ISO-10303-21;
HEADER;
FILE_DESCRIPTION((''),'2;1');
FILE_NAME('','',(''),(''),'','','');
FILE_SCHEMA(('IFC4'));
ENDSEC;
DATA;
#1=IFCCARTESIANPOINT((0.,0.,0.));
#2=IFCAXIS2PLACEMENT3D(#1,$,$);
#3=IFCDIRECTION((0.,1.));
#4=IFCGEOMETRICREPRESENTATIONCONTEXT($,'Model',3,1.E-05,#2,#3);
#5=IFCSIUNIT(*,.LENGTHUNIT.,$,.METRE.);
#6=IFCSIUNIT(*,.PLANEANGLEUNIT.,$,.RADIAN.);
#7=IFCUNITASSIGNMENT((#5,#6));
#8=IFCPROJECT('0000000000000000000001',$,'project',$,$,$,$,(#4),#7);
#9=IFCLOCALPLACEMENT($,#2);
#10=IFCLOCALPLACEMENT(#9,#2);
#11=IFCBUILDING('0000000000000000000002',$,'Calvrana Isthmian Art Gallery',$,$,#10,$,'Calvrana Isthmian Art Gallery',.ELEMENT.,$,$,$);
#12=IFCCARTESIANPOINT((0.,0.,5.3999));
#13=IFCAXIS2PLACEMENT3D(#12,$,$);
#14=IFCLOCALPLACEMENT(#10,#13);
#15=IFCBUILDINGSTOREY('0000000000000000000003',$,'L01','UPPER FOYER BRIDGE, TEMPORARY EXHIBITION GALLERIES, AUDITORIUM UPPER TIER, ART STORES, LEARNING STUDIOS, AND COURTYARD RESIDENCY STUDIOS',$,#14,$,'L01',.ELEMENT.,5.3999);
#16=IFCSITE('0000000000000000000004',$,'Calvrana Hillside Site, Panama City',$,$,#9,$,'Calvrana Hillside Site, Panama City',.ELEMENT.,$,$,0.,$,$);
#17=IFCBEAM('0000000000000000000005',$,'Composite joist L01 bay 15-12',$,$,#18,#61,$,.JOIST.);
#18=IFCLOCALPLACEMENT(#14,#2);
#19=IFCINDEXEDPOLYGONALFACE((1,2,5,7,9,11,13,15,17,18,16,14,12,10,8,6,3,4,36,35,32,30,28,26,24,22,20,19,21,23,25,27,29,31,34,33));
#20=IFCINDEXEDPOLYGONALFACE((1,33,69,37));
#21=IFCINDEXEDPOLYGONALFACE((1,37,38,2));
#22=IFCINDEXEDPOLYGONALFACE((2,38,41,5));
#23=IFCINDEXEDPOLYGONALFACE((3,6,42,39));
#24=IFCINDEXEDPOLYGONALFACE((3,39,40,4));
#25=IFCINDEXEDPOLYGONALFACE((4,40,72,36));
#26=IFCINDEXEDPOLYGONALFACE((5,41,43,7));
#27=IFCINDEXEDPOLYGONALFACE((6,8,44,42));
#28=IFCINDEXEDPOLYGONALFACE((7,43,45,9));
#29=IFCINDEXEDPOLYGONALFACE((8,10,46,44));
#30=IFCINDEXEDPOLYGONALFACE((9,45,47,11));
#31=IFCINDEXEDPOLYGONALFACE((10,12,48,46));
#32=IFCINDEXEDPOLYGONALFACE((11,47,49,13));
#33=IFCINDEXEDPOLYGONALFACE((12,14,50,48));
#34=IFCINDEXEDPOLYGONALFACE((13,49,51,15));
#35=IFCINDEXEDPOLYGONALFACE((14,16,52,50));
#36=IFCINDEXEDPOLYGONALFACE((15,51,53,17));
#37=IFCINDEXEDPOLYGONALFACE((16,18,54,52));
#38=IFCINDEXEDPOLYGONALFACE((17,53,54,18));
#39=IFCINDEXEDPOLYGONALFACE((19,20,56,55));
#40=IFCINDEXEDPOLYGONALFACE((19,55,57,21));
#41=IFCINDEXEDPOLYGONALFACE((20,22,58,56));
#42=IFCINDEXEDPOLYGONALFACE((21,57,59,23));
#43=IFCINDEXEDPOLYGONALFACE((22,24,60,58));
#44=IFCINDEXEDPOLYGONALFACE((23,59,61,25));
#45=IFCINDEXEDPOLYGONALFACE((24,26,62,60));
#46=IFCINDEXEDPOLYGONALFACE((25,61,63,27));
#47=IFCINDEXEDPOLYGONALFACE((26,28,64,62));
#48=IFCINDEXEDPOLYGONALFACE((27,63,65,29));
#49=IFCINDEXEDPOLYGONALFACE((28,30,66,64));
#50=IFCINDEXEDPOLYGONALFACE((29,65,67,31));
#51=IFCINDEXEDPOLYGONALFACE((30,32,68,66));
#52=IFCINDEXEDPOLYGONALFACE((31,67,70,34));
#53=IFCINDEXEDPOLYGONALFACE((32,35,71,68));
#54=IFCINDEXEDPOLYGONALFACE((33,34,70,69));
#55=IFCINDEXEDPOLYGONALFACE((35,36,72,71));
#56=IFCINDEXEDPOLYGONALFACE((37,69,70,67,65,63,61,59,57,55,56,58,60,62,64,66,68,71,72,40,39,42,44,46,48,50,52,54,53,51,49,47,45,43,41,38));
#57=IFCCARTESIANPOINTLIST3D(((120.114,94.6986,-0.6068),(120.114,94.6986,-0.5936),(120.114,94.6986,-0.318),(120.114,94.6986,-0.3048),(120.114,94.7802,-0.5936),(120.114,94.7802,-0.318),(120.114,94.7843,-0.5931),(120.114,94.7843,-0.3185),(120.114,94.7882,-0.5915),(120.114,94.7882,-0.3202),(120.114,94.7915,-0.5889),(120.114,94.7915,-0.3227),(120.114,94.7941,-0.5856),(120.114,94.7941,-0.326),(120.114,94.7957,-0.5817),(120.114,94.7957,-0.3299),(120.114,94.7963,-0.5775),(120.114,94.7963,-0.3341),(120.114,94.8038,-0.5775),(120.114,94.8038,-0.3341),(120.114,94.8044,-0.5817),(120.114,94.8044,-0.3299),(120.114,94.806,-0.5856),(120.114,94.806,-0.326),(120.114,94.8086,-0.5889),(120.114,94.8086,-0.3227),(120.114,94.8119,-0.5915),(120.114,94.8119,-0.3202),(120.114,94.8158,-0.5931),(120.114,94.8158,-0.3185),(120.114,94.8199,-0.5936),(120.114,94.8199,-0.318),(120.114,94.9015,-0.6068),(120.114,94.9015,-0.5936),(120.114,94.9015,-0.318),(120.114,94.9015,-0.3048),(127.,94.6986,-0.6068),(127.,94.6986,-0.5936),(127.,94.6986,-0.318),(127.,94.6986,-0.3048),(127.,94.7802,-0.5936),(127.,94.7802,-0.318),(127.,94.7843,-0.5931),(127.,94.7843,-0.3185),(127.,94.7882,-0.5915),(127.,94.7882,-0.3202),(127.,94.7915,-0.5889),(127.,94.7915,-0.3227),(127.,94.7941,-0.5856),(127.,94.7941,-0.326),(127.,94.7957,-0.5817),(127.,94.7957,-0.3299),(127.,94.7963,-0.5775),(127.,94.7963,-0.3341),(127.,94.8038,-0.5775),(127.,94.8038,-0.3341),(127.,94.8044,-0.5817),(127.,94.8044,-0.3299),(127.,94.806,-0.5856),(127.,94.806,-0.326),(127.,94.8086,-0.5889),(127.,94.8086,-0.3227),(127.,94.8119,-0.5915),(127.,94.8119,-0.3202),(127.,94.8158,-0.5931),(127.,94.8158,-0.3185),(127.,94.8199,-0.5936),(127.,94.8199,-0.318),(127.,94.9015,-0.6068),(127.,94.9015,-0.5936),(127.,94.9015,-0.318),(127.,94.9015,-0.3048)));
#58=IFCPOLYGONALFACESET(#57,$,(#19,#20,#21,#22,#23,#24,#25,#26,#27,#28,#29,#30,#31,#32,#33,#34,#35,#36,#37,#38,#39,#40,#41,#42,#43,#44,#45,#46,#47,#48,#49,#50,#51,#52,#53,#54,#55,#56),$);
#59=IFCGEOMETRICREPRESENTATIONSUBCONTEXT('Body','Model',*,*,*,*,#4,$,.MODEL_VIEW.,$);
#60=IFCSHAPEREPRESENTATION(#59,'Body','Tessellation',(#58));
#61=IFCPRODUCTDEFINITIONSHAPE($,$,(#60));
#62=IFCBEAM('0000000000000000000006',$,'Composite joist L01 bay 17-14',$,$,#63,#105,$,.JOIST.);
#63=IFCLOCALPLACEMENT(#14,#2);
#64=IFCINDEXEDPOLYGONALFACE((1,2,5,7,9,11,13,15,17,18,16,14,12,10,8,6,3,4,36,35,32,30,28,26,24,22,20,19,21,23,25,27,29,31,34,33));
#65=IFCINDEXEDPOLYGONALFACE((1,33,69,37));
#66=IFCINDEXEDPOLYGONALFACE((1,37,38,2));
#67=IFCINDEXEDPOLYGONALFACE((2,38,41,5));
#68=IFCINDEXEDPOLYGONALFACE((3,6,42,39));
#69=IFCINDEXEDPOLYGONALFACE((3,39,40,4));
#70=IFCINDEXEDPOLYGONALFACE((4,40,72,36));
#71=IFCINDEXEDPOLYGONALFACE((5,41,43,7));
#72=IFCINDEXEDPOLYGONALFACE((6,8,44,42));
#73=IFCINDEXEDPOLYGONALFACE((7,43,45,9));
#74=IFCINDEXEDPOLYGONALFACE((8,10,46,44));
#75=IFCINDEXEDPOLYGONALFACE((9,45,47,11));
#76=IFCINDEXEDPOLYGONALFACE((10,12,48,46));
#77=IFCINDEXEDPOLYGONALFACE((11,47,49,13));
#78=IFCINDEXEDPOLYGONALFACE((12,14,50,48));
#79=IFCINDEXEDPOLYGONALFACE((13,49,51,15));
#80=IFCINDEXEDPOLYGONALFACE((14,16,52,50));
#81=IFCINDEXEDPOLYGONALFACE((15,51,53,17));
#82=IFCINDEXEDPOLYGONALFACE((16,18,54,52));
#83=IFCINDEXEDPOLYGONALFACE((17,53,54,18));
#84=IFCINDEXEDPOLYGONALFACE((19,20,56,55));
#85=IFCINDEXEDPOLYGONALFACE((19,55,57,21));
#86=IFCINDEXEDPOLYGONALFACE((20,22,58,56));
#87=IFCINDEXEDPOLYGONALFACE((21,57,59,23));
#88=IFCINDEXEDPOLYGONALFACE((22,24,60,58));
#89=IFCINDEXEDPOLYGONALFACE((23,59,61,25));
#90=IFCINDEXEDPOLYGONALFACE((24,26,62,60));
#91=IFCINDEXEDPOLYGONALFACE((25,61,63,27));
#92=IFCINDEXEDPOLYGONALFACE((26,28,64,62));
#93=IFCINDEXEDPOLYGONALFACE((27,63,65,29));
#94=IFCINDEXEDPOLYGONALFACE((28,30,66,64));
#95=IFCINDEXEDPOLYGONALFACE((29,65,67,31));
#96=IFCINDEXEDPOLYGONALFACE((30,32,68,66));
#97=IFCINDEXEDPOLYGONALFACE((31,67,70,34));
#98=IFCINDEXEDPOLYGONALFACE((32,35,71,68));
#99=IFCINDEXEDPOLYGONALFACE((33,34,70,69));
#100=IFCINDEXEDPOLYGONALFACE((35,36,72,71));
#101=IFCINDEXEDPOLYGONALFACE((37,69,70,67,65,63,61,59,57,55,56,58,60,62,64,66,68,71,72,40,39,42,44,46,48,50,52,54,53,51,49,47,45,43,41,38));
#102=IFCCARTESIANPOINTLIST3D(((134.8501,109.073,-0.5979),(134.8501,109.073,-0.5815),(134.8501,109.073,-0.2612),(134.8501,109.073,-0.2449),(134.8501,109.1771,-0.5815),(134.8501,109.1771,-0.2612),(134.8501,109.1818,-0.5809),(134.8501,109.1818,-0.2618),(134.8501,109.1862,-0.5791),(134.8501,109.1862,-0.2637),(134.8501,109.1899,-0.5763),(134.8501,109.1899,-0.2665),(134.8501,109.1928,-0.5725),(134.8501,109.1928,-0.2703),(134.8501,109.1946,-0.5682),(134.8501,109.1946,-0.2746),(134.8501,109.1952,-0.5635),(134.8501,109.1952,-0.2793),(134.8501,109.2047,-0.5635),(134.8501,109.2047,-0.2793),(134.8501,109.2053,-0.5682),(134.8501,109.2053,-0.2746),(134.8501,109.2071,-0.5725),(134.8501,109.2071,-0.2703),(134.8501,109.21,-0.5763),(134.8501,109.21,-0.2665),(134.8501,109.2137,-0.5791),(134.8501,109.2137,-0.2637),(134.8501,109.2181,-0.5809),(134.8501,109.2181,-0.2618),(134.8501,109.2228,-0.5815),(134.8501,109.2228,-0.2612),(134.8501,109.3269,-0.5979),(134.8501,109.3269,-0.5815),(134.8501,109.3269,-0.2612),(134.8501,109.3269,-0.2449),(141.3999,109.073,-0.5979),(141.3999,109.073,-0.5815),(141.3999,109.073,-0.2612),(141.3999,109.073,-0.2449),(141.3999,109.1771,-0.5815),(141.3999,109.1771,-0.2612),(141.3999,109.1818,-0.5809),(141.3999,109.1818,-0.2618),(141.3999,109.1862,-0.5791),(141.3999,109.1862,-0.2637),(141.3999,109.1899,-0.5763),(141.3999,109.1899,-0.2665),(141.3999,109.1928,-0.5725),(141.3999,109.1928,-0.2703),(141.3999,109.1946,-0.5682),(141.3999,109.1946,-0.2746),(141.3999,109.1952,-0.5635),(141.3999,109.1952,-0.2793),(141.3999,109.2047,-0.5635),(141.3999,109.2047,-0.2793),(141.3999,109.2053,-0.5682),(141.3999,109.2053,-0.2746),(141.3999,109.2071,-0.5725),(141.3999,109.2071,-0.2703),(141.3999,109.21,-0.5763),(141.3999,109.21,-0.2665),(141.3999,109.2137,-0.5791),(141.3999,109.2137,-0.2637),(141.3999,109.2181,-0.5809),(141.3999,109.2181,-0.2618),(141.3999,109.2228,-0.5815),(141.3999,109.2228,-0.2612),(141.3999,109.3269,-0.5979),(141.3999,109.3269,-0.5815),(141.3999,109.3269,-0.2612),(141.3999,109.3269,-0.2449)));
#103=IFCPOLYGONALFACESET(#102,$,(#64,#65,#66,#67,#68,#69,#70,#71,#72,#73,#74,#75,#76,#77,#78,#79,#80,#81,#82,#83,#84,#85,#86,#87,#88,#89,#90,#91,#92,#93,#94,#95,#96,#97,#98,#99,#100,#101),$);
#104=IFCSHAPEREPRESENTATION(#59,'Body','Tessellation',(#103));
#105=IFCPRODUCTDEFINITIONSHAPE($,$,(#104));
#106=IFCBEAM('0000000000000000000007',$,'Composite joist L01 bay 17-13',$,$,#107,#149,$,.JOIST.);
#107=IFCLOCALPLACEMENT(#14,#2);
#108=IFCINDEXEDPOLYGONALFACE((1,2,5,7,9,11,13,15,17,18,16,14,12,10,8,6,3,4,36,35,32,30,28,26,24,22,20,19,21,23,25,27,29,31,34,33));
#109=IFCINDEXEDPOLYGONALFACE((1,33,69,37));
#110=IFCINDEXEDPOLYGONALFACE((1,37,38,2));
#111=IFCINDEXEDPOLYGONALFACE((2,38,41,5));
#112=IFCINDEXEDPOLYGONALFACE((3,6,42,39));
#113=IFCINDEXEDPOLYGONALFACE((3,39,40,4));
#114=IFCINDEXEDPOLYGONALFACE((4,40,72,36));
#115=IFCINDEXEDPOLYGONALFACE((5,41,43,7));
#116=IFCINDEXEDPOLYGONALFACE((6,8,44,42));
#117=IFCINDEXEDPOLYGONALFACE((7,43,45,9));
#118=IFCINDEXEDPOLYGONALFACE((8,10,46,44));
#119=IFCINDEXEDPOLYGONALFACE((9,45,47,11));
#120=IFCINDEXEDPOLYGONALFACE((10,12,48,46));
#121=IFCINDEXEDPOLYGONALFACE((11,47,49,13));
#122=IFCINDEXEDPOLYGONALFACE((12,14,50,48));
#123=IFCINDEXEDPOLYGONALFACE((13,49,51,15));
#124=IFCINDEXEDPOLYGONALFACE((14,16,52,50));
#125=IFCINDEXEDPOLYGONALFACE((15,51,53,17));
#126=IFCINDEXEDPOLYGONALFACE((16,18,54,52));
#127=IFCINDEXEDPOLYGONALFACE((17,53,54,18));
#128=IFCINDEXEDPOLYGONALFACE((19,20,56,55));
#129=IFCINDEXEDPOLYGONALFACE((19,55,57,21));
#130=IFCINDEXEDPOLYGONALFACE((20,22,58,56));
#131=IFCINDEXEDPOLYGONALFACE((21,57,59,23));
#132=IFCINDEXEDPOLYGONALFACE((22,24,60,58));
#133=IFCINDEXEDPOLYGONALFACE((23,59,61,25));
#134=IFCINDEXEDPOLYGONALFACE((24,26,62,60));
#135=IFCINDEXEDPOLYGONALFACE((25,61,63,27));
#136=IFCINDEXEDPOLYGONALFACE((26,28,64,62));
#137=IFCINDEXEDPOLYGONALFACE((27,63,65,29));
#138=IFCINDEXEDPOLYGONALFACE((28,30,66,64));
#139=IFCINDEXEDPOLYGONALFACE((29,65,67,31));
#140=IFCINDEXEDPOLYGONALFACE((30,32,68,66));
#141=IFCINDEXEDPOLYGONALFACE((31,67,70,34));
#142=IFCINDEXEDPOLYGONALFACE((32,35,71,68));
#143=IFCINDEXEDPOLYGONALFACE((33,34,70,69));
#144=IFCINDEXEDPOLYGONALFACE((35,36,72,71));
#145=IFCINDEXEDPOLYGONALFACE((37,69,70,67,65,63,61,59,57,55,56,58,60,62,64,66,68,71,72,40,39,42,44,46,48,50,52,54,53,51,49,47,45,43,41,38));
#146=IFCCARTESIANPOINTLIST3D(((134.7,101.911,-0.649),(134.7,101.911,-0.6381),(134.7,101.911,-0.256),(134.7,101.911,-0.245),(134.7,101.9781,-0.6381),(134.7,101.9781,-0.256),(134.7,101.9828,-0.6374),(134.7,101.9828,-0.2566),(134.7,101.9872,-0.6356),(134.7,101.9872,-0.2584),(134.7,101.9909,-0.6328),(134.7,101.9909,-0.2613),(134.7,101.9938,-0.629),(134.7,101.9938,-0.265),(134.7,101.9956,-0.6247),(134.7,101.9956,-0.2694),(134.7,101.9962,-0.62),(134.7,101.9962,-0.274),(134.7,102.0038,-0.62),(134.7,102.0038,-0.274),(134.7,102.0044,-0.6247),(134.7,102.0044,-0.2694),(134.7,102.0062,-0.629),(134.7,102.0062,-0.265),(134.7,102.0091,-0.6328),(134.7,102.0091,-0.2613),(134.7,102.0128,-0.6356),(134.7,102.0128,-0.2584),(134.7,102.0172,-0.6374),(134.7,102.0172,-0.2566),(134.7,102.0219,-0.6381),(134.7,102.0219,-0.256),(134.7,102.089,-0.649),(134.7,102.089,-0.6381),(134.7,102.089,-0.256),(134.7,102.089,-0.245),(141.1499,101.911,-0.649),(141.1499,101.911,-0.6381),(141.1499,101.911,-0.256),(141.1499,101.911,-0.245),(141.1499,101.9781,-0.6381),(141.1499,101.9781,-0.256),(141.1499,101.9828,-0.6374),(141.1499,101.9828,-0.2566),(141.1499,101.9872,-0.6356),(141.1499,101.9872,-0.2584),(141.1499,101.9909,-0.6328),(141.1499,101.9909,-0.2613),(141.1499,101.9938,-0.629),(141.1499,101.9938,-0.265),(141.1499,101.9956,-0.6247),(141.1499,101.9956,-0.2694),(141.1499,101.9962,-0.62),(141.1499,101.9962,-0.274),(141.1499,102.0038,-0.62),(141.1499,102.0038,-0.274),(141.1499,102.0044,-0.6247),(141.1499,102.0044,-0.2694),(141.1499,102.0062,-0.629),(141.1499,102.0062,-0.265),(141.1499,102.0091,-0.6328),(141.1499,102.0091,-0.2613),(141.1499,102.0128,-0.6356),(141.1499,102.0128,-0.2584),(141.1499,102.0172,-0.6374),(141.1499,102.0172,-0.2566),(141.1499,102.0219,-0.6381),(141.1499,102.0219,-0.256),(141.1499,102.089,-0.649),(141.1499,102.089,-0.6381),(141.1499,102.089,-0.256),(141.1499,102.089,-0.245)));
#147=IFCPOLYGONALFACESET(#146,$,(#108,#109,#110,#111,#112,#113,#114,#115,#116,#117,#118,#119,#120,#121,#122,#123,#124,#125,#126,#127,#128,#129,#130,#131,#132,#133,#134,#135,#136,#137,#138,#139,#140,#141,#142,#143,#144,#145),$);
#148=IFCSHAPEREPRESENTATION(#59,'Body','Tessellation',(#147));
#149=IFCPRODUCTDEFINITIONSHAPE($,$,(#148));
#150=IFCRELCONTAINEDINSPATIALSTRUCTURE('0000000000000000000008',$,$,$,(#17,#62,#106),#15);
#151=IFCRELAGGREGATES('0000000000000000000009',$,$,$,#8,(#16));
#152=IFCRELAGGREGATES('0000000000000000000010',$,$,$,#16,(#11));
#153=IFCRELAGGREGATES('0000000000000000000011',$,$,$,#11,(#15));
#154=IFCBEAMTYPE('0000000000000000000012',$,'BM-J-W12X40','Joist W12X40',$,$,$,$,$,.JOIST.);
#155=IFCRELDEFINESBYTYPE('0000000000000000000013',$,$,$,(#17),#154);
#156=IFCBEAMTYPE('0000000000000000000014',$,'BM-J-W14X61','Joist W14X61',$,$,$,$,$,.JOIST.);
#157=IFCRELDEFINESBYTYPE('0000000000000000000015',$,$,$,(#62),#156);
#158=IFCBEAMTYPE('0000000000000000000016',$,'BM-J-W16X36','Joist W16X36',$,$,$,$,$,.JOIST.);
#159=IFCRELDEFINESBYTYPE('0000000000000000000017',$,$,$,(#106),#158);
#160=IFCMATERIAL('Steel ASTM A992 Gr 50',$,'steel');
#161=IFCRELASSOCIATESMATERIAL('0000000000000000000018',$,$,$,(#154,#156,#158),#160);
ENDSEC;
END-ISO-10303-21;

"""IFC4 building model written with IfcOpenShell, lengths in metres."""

from ifc_helpers import new_model, si_unit, direction, frame, origin, origin_2d, place, context, subcontext, project, spatial, i_section, extrude, material, material_profile, profile_set, type_object, element, save


model = new_model("IFC4")

# Units and contexts
model_context = context("Model", 3, precision=1e-05, world=origin(), true_north=direction((0.0, 1.0)))
body_context = subcontext(model_context, "Body", "Model", "MODEL_VIEW")
ifc_project = project(units=[si_unit("LENGTHUNIT", "METRE"), si_unit("PLANEANGLEUNIT", "RADIAN")], contexts=[model_context])

# Site, building, storey
site_placement = place(None, origin())
site = spatial("IfcSite", under=ifc_project, at=site_placement, Name="Calvrana Hillside Site, Panama City", LongName="Calvrana Hillside Site, Panama City", CompositionType="ELEMENT", RefElevation=0.0)
building_placement = place(site_placement, origin())
building = spatial("IfcBuilding", under=site, at=building_placement, Name="Calvrana Isthmian Art Gallery", LongName="Calvrana Isthmian Art Gallery", CompositionType="ELEMENT")
storey_placement = place(building_placement, frame((0.0, 0.0, 5.3999)))
storey = spatial("IfcBuildingStorey", under=building, at=storey_placement, Name="L01", Description="UPPER FOYER BRIDGE, TEMPORARY EXHIBITION GALLERIES, AUDITORIUM UPPER TIER, ART STORES, LEARNING STUDIOS, AND COURTYARD RESIDENCY STUDIOS", LongName="L01", CompositionType="ELEMENT", Elevation=5.3999)

# Beams
ifc_material_1 = material(Name="Steel ASTM A992 Gr 50", Category="steel")
ifc_material_profile_1 = material_profile(ifc_material_1, i_section(OverallWidth=0.2029, OverallDepth=0.302, WebThickness=0.0076, FlangeThickness=0.0132, FilletRadius=0.0161, at=origin_2d()), Name="W12X40")
ifc_profile_set_1 = profile_set([ifc_material_profile_1], Name="Steel ASTM A992 Gr 50")
beam_type_1 = type_object("IfcBeamType", Name="BM-J-W12X40", Description="Joist W12X40", PredefinedType="JOIST", material=ifc_profile_set_1)
beam_1_placement = place(storey_placement, frame((120.114, 94.8, -0.4558), z_axis=(1.0, 0.0, 0.0), x_axis=(0.0, 1.0, 0.0)))
element("IfcBeam", 1, at=beam_1_placement, inside=storey, type_object=beam_type_1, Name="Composite joist L01 bay 15-12", PredefinedType="JOIST", context=body_context, shape_type="SweptSolid", body=[
    extrude(i_section(OverallWidth=0.2029, OverallDepth=0.302, WebThickness=0.0076, FlangeThickness=0.0132, FilletRadius=0.0161, at=origin_2d()), origin(), (0.0, 0.0, 1.0), 6.886),
])
ifc_material_profile_2 = material_profile(ifc_material_1, i_section(OverallWidth=0.2539, OverallDepth=0.353, WebThickness=0.0095, FlangeThickness=0.0164, FilletRadius=0.0181, at=origin_2d()), Name="W14X61")
ifc_profile_set_2 = profile_set([ifc_material_profile_2], Name="Steel ASTM A992 Gr 50")
beam_type_2 = type_object("IfcBeamType", Name="BM-J-W14X61", Description="Joist W14X61", PredefinedType="JOIST", material=ifc_profile_set_2)
beam_2_placement = place(storey_placement, frame((134.8501, 109.2, -0.4214), z_axis=(1.0, 0.0, 0.0), x_axis=(0.0, 1.0, 0.0)))
element("IfcBeam", 2, at=beam_2_placement, inside=storey, type_object=beam_type_2, Name="Composite joist L01 bay 17-14", PredefinedType="JOIST", context=body_context, shape_type="SweptSolid", body=[
    extrude(i_section(OverallWidth=0.2539, OverallDepth=0.353, WebThickness=0.0095, FlangeThickness=0.0164, FilletRadius=0.0181, at=origin_2d()), origin(), (0.0, 0.0, 1.0), 6.5498),
])
ifc_material_profile_3 = material_profile(ifc_material_1, i_section(OverallWidth=0.178, OverallDepth=0.4041, WebThickness=0.0076, FlangeThickness=0.011, FilletRadius=0.0181, at=origin_2d()), Name="W16X36")
ifc_profile_set_3 = profile_set([ifc_material_profile_3], Name="Steel ASTM A992 Gr 50")
beam_type_3 = type_object("IfcBeamType", Name="BM-J-W16X36", Description="Joist W16X36", PredefinedType="JOIST", material=ifc_profile_set_3)
beam_3_placement = place(storey_placement, frame((134.7, 102.0, -0.447), z_axis=(1.0, 0.0, 0.0), x_axis=(0.0, 1.0, 0.0)))
element("IfcBeam", 3, at=beam_3_placement, inside=storey, type_object=beam_type_3, Name="Composite joist L01 bay 17-13", PredefinedType="JOIST", context=body_context, shape_type="SweptSolid", body=[
    extrude(i_section(OverallWidth=0.178, OverallDepth=0.4041, WebThickness=0.0076, FlangeThickness=0.011, FilletRadius=0.0181, at=origin_2d()), origin(), (0.0, 0.0, 1.0), 6.45),
])

save(model, "model.ifc")
